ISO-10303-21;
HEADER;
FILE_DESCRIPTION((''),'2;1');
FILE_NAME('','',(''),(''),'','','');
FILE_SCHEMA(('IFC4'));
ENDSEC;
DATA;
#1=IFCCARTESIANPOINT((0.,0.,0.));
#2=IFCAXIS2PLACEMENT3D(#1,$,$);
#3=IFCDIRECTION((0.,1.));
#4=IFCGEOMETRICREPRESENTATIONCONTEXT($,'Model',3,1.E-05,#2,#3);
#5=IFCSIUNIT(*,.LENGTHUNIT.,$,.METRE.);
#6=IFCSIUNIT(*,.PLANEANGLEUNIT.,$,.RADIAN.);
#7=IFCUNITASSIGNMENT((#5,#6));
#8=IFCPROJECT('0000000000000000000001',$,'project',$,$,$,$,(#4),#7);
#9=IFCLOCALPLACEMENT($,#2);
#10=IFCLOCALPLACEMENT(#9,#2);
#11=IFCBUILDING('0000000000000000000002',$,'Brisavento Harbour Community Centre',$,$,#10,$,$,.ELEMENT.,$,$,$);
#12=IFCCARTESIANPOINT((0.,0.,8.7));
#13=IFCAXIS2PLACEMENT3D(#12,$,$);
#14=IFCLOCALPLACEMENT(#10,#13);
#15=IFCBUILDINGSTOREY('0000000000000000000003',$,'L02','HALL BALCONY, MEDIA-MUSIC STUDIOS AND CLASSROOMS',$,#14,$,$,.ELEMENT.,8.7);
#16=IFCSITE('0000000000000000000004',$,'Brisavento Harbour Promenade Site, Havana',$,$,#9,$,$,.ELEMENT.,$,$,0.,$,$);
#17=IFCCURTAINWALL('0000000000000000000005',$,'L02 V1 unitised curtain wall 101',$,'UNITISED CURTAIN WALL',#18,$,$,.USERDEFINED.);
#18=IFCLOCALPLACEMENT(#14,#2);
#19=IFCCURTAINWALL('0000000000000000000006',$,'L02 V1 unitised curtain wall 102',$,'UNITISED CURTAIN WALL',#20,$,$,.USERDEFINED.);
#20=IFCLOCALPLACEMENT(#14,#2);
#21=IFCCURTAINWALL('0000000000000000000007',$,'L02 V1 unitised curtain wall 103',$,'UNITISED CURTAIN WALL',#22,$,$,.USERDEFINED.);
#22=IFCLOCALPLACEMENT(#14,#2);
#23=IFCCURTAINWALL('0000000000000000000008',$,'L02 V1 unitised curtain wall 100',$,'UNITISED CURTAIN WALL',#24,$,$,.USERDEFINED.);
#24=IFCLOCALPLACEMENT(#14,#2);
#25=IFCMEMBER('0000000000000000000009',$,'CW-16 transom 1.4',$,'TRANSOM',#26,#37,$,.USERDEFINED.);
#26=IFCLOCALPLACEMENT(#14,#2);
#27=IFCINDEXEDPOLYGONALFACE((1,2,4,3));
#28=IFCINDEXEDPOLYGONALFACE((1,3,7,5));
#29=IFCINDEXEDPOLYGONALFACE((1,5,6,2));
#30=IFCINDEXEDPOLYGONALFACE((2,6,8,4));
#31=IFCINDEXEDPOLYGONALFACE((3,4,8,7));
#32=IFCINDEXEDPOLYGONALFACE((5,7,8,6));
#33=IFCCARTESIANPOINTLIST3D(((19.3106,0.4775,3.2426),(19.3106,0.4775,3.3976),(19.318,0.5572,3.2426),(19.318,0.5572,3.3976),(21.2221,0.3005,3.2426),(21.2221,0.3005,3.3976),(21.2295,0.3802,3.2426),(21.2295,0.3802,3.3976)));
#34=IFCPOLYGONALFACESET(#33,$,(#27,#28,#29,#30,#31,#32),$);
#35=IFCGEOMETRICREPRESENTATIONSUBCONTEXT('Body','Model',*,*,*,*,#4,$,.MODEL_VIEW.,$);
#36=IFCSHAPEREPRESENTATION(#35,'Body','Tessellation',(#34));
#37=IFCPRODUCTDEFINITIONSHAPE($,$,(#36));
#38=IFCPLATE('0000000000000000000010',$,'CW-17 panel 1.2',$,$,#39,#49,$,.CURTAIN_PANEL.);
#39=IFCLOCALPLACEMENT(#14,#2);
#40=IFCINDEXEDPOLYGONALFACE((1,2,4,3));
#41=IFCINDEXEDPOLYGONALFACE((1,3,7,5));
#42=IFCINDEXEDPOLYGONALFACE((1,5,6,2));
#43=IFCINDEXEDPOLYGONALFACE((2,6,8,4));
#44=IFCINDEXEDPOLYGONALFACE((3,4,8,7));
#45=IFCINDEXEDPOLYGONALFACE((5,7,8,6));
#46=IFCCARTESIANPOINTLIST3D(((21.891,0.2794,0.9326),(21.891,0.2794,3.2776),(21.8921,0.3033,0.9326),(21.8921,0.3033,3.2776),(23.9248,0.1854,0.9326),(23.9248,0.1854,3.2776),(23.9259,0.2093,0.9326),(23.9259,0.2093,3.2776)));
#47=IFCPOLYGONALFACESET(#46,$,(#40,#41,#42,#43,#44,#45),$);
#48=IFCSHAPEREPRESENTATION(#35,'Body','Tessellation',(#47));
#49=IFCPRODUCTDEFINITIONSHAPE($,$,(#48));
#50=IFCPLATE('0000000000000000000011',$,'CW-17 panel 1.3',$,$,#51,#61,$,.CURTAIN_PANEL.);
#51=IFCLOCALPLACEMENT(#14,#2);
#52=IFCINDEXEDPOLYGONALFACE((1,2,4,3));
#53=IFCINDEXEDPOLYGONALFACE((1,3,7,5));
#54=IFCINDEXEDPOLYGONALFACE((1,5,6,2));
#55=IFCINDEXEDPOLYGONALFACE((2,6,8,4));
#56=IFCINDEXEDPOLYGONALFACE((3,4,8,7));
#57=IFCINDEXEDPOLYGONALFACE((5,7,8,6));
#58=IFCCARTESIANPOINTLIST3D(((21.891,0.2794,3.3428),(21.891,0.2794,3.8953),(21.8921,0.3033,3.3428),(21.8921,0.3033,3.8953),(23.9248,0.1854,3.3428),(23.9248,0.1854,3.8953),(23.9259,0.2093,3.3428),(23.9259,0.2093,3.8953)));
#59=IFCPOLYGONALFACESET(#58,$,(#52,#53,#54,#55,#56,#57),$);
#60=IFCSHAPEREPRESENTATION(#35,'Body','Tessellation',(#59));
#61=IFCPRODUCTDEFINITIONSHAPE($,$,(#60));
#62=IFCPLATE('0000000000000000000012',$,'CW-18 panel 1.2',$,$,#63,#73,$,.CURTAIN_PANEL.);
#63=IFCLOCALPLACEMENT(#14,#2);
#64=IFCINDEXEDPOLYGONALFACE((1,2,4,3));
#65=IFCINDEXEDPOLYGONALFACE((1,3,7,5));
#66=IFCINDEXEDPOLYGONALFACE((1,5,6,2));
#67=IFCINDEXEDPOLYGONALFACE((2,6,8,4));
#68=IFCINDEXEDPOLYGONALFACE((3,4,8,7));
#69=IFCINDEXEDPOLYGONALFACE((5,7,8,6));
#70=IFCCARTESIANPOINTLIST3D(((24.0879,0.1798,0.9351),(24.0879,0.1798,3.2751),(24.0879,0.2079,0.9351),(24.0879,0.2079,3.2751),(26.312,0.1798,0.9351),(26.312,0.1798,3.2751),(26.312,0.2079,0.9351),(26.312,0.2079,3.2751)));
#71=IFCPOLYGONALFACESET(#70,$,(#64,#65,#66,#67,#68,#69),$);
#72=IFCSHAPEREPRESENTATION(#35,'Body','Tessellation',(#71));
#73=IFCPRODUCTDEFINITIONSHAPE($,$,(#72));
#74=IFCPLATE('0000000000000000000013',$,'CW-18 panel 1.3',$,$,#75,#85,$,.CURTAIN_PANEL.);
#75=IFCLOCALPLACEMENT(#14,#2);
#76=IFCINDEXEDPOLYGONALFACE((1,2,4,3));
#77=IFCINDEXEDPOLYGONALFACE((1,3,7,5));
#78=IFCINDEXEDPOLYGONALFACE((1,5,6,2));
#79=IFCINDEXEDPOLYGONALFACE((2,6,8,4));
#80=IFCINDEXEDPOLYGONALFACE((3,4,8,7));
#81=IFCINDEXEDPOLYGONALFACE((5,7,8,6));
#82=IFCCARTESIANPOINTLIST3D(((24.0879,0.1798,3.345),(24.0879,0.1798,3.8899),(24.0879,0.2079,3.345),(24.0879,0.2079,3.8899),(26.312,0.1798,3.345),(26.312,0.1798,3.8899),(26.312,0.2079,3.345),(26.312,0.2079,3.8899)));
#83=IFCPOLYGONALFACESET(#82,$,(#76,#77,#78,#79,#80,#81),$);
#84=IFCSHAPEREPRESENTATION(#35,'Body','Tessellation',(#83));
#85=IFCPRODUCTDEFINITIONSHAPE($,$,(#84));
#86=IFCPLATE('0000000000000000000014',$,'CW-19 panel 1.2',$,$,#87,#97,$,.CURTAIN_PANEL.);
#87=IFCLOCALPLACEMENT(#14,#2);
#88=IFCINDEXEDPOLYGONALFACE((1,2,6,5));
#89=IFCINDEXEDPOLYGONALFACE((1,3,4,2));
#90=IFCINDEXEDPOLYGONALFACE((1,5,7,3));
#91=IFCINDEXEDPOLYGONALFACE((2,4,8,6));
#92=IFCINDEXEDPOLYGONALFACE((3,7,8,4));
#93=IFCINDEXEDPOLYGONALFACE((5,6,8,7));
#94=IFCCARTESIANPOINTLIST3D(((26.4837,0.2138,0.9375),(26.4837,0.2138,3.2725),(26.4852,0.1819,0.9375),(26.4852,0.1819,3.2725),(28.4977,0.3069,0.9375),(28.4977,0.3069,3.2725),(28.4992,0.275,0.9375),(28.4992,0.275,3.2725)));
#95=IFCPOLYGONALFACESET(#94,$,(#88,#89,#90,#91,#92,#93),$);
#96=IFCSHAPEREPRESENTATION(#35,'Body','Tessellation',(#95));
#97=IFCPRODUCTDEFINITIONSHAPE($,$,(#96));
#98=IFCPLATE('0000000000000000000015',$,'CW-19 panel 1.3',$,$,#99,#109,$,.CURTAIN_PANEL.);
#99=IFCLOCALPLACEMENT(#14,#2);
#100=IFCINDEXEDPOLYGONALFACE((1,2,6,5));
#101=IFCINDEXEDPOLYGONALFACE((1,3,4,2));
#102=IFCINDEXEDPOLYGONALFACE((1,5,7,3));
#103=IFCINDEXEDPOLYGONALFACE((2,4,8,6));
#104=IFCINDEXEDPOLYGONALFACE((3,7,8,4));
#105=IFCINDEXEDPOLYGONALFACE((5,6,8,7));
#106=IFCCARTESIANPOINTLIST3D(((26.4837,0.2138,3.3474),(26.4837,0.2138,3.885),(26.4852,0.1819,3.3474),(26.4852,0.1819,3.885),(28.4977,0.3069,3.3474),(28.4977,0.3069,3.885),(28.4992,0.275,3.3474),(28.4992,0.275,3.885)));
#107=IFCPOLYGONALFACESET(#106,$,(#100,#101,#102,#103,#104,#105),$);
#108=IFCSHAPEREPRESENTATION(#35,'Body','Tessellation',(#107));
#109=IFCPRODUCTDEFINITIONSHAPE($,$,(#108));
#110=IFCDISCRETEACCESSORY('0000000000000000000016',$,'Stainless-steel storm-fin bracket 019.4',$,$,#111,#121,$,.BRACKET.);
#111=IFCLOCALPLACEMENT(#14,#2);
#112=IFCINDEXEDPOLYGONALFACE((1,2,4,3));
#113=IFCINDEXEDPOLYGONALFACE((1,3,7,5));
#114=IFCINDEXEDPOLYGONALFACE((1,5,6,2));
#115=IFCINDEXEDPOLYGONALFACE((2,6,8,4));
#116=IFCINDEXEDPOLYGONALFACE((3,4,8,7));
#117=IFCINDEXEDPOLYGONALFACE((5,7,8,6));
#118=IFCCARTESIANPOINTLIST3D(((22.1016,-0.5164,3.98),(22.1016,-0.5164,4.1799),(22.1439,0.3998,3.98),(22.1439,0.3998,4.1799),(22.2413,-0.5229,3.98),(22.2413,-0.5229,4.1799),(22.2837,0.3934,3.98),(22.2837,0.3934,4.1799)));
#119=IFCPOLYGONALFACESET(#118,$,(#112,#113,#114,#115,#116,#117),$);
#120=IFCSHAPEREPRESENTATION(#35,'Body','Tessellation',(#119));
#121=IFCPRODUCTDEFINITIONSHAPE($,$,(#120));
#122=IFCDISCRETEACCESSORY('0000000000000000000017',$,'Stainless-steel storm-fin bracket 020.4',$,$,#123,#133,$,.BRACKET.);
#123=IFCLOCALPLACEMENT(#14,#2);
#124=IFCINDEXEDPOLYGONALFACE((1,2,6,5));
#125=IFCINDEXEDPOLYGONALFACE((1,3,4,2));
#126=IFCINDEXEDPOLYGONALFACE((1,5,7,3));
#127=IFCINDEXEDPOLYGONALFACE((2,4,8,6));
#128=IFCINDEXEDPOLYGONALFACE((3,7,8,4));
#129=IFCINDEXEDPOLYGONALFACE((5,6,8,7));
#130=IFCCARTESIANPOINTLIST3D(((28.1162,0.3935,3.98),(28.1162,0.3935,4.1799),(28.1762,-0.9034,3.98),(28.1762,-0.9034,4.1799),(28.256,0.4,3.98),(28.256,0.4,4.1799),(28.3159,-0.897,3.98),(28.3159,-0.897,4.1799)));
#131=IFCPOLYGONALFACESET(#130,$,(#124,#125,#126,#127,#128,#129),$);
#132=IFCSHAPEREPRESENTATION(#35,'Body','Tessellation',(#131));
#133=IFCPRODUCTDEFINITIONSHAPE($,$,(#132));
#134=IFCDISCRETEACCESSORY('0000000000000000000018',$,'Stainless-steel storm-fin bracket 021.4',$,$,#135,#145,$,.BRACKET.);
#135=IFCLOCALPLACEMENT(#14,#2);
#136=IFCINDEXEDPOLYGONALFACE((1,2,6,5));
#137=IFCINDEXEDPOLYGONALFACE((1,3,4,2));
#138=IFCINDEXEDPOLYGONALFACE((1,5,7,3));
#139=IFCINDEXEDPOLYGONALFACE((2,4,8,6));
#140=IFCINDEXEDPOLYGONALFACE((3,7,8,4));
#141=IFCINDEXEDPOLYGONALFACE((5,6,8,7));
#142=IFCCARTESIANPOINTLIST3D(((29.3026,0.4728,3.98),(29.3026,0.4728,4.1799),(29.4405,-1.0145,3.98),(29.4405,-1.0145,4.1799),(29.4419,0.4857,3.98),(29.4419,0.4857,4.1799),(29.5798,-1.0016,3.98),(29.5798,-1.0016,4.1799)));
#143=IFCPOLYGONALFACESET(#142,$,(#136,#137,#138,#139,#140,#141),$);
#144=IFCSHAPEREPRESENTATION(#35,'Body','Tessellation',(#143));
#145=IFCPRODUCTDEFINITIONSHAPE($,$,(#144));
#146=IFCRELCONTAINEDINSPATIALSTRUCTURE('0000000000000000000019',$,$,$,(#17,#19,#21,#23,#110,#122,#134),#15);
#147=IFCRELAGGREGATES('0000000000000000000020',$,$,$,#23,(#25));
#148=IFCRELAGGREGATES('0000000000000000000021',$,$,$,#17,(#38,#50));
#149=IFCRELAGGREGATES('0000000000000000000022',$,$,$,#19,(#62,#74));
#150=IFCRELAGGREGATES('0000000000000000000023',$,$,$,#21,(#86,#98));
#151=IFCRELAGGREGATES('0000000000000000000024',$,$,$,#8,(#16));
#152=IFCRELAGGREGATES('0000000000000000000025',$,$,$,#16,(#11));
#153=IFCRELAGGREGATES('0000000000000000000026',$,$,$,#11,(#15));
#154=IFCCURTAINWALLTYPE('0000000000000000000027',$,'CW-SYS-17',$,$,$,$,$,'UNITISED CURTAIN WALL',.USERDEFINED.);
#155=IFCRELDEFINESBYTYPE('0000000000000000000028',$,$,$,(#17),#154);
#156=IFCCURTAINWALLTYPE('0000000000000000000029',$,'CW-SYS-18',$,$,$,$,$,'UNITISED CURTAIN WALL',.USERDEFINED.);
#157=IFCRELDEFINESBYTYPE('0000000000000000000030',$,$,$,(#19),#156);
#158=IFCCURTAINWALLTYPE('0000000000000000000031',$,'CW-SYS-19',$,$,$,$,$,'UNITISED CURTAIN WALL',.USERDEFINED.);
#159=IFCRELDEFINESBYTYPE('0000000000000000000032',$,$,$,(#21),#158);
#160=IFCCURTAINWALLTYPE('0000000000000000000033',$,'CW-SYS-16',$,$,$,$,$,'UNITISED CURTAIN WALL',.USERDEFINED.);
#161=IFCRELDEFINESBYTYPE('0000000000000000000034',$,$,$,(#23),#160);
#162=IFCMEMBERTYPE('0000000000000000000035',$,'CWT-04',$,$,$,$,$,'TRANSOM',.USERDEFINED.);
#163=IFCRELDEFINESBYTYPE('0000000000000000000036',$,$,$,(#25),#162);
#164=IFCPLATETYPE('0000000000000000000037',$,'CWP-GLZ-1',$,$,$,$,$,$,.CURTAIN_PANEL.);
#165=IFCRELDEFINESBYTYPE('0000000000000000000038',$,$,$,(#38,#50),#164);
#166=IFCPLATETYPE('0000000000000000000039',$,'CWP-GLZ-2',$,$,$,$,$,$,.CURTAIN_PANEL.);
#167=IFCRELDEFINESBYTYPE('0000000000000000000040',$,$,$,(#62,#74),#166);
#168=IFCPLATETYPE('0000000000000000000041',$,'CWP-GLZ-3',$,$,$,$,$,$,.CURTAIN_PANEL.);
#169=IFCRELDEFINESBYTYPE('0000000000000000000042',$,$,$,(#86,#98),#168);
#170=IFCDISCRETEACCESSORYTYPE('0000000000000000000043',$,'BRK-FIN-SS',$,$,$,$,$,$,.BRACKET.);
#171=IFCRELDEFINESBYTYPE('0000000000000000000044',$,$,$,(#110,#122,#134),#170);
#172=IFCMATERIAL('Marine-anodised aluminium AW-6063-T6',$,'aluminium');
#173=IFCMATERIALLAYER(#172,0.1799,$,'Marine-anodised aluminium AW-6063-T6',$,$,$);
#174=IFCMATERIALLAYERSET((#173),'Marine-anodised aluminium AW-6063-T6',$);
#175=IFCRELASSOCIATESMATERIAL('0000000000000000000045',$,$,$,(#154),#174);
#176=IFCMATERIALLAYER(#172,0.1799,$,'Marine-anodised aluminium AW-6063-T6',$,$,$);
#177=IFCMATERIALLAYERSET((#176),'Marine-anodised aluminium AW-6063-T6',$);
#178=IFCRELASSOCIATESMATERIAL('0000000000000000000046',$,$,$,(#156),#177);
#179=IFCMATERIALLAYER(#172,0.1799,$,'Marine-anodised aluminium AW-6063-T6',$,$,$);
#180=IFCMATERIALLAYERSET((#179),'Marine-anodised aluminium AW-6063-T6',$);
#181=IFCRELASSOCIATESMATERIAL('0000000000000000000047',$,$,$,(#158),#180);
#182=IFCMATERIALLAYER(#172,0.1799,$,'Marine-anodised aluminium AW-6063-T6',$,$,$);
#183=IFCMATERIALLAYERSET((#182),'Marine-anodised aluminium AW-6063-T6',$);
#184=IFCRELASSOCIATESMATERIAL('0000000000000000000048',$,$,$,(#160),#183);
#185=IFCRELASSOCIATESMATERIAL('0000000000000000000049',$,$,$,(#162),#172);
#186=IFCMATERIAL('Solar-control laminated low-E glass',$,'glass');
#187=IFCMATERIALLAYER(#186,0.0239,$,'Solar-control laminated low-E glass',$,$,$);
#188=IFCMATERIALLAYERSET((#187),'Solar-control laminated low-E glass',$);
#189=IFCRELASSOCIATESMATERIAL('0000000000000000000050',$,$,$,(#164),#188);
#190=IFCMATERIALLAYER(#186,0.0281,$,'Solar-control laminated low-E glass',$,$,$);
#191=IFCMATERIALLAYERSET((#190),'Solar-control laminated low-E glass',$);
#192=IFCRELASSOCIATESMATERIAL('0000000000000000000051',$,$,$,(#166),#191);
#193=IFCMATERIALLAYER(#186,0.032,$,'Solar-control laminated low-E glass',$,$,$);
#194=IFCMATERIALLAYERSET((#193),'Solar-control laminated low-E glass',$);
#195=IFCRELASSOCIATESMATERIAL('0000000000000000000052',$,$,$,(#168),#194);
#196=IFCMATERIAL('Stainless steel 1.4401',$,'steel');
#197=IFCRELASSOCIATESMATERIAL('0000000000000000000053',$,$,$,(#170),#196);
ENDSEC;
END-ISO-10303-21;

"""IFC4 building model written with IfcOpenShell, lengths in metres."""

from ifc_helpers import new_model, si_unit, direction, frame, origin, origin_2d, place, context, subcontext, project, spatial, rectangle, extrude, material, layer, layer_set, material_profile, profile_set, type_object, element, aggregate, save


model = new_model("IFC4")

# Units and contexts
model_context = context("Model", 3, precision=1e-05, world=origin(), true_north=direction((0.0, 1.0)))
body_context = subcontext(model_context, "Body", "Model", "MODEL_VIEW")
ifc_project = project(units=[si_unit("LENGTHUNIT", "METRE"), si_unit("PLANEANGLEUNIT", "RADIAN")], contexts=[model_context])

# Site, building, storey
site_placement = place(None, origin())
site = spatial("IfcSite", under=ifc_project, at=site_placement, Name="Brisavento Harbour Promenade Site, Havana", CompositionType="ELEMENT", RefElevation=0.0)
building_placement = place(site_placement, origin())
building = spatial("IfcBuilding", under=site, at=building_placement, Name="Brisavento Harbour Community Centre", CompositionType="ELEMENT")
storey_placement = place(building_placement, frame((0.0, 0.0, 8.7)))
storey = spatial("IfcBuildingStorey", under=building, at=storey_placement, Name="L02", Description="HALL BALCONY, MEDIA-MUSIC STUDIOS AND CLASSROOMS", CompositionType="ELEMENT", Elevation=8.7)

# Curtain walls, member
ifc_material_1 = material(Name="Marine-anodised aluminium AW-6063-T6", Category="aluminium")
ifc_layer_1 = layer(ifc_material_1, 0.1799, Name="Marine-anodised aluminium AW-6063-T6")
ifc_layer_set_1 = layer_set([ifc_layer_1], Name="Marine-anodised aluminium AW-6063-T6")
curtain_wall_type_1 = type_object("IfcCurtainWallType", Name="CW-SYS-17", ElementType="UNITISED CURTAIN WALL", PredefinedType="USERDEFINED", material=ifc_layer_set_1)
curtain_wall_1_placement = place(storey_placement, origin())
curtain_wall_1 = element("IfcCurtainWall", 1, at=curtain_wall_1_placement, inside=storey, type_object=curtain_wall_type_1, Name="L02 V1 unitised curtain wall 101", ObjectType="UNITISED CURTAIN WALL", PredefinedType="USERDEFINED")
ifc_layer_2 = layer(ifc_material_1, 0.1799, Name="Marine-anodised aluminium AW-6063-T6")
ifc_layer_set_2 = layer_set([ifc_layer_2], Name="Marine-anodised aluminium AW-6063-T6")
curtain_wall_type_2 = type_object("IfcCurtainWallType", Name="CW-SYS-18", ElementType="UNITISED CURTAIN WALL", PredefinedType="USERDEFINED", material=ifc_layer_set_2)
curtain_wall_2_placement = place(storey_placement, origin())
curtain_wall_2 = element("IfcCurtainWall", 2, at=curtain_wall_2_placement, inside=storey, type_object=curtain_wall_type_2, Name="L02 V1 unitised curtain wall 102", ObjectType="UNITISED CURTAIN WALL", PredefinedType="USERDEFINED")
ifc_layer_3 = layer(ifc_material_1, 0.1799, Name="Marine-anodised aluminium AW-6063-T6")
ifc_layer_set_3 = layer_set([ifc_layer_3], Name="Marine-anodised aluminium AW-6063-T6")
curtain_wall_type_3 = type_object("IfcCurtainWallType", Name="CW-SYS-19", ElementType="UNITISED CURTAIN WALL", PredefinedType="USERDEFINED", material=ifc_layer_set_3)
curtain_wall_3_placement = place(storey_placement, origin())
curtain_wall_3 = element("IfcCurtainWall", 3, at=curtain_wall_3_placement, inside=storey, type_object=curtain_wall_type_3, Name="L02 V1 unitised curtain wall 103", ObjectType="UNITISED CURTAIN WALL", PredefinedType="USERDEFINED")
ifc_layer_4 = layer(ifc_material_1, 0.1799, Name="Marine-anodised aluminium AW-6063-T6")
ifc_layer_set_4 = layer_set([ifc_layer_4], Name="Marine-anodised aluminium AW-6063-T6")
curtain_wall_type_4 = type_object("IfcCurtainWallType", Name="CW-SYS-16", ElementType="UNITISED CURTAIN WALL", PredefinedType="USERDEFINED", material=ifc_layer_set_4)
curtain_wall_4_placement = place(storey_placement, origin())
curtain_wall_4 = element("IfcCurtainWall", 4, at=curtain_wall_4_placement, inside=storey, type_object=curtain_wall_type_4, Name="L02 V1 unitised curtain wall 100", ObjectType="UNITISED CURTAIN WALL", PredefinedType="USERDEFINED")
ifc_material_profile_1 = material_profile(ifc_material_1, rectangle(XDim=0.0801, YDim=0.155, at=origin_2d()), Name="Marine-anodised aluminium AW-6063-T6")
ifc_profile_set_1 = profile_set([ifc_material_profile_1], Name="Marine-anodised aluminium AW-6063-T6")
member_type_1 = type_object("IfcMemberType", Name="CWT-04", ElementType="TRANSOM", PredefinedType="USERDEFINED", material=ifc_profile_set_1)
member_1_placement = place(storey_placement, frame((21.2258, 0.3403, 3.3201), z_axis=(-0.995741, 0.092198, 0.0), x_axis=(-0.092198, -0.995741, 0.0)))
member_1 = element("IfcMember", 5, at=member_1_placement, type_object=member_type_1, Name="CW-16 transom 1.4", ObjectType="TRANSOM", PredefinedType="USERDEFINED", context=body_context, shape_type="SweptSolid", body=[
    extrude(rectangle(XDim=0.0801, YDim=0.155, at=origin_2d()), origin(), (0.0, 0.0, 1.0), 1.9197),
])
aggregate(curtain_wall_4, [member_1])

# Plates
ifc_material_2 = material(Name="Solar-control laminated low-E glass", Category="glass")
ifc_layer_5 = layer(ifc_material_2, 0.0239, Name="Solar-control laminated low-E glass")
ifc_layer_set_5 = layer_set([ifc_layer_5], Name="Solar-control laminated low-E glass")
plate_type_1 = type_object("IfcPlateType", Name="CWP-GLZ-1", PredefinedType="CURTAIN_PANEL", material=ifc_layer_set_5)
plate_1_placement = place(storey_placement, frame((22.9084, 0.2444, 0.9326), z_axis=(0.0, 0.0, 1.0), x_axis=(-0.998934, 0.046168, 0.0)))
plate_1 = element("IfcPlate", 6, at=plate_1_placement, type_object=plate_type_1, Name="CW-17 panel 1.2", PredefinedType="CURTAIN_PANEL", context=body_context, shape_type="SweptSolid", body=[
    extrude(rectangle(XDim=2.0359, YDim=0.0239, at=origin_2d()), origin(), (0.0, 0.0, 1.0), 2.345),
])
plate_2_placement = place(storey_placement, frame((22.9084, 0.2444, 3.3428), z_axis=(0.0, 0.0, 1.0), x_axis=(-0.998934, 0.046168, 0.0)))
plate_2 = element("IfcPlate", 7, at=plate_2_placement, type_object=plate_type_1, Name="CW-17 panel 1.3", PredefinedType="CURTAIN_PANEL", context=body_context, shape_type="SweptSolid", body=[
    extrude(rectangle(XDim=2.0359, YDim=0.0239, at=origin_2d()), origin(), (0.0, 0.0, 1.0), 0.5525),
])
aggregate(curtain_wall_1, [plate_1, plate_2])
ifc_layer_6 = layer(ifc_material_2, 0.0281, Name="Solar-control laminated low-E glass")
ifc_layer_set_6 = layer_set([ifc_layer_6], Name="Solar-control laminated low-E glass")
plate_type_2 = type_object("IfcPlateType", Name="CWP-GLZ-2", PredefinedType="CURTAIN_PANEL", material=ifc_layer_set_6)
plate_3_placement = place(storey_placement, frame((25.2, 0.1938, 0.9351), z_axis=(0.0, 0.0, 1.0), x_axis=(-1.0, 0.0, 0.0)))
plate_3 = element("IfcPlate", 8, at=plate_3_placement, type_object=plate_type_2, Name="CW-18 panel 1.2", PredefinedType="CURTAIN_PANEL", context=body_context, shape_type="SweptSolid", body=[
    extrude(rectangle(XDim=2.2241, YDim=0.0281, at=origin_2d()), origin(), (0.0, 0.0, 1.0), 2.3401),
])
plate_4_placement = place(storey_placement, frame((25.2, 0.1938, 3.345), z_axis=(0.0, 0.0, 1.0), x_axis=(-1.0, 0.0, 0.0)))
plate_4 = element("IfcPlate", 9, at=plate_4_placement, type_object=plate_type_2, Name="CW-18 panel 1.3", PredefinedType="CURTAIN_PANEL", context=body_context, shape_type="SweptSolid", body=[
    extrude(rectangle(XDim=2.2241, YDim=0.0281, at=origin_2d()), origin(), (0.0, 0.0, 1.0), 0.5449),
])
aggregate(curtain_wall_2, [plate_3, plate_4])
ifc_layer_7 = layer(ifc_material_2, 0.032, Name="Solar-control laminated low-E glass")
ifc_layer_set_7 = layer_set([ifc_layer_7], Name="Solar-control laminated low-E glass")
plate_type_3 = type_object("IfcPlateType", Name="CWP-GLZ-3", PredefinedType="CURTAIN_PANEL", material=ifc_layer_set_7)
plate_5_placement = place(storey_placement, frame((27.4915, 0.2444, 0.9375), z_axis=(0.0, 0.0, 1.0), x_axis=(-0.998934, -0.046168, 0.0)))
plate_5 = element("IfcPlate", 10, at=plate_5_placement, type_object=plate_type_3, Name="CW-19 panel 1.2", PredefinedType="CURTAIN_PANEL", context=body_context, shape_type="SweptSolid", body=[
    extrude(rectangle(XDim=2.0161, YDim=0.032, at=origin_2d()), origin(), (0.0, 0.0, 1.0), 2.335),
])
plate_6_placement = place(storey_placement, frame((27.4915, 0.2444, 3.3474), z_axis=(0.0, 0.0, 1.0), x_axis=(-0.998934, -0.046168, 0.0)))
plate_6 = element("IfcPlate", 11, at=plate_6_placement, type_object=plate_type_3, Name="CW-19 panel 1.3", PredefinedType="CURTAIN_PANEL", context=body_context, shape_type="SweptSolid", body=[
    extrude(rectangle(XDim=2.0161, YDim=0.032, at=origin_2d()), origin(), (0.0, 0.0, 1.0), 0.5376),
])
aggregate(curtain_wall_3, [plate_5, plate_6])

# Discrete accessories
ifc_material_3 = material(Name="Stainless steel 1.4401", Category="steel")
discrete_accessory_type = type_object("IfcDiscreteAccessoryType", Name="BRK-FIN-SS", PredefinedType="BRACKET", material=ifc_material_3)
discrete_accessory_1_placement = place(storey_placement, frame((22.1926, -0.0615, 3.98), z_axis=(0.0, 0.0, 1.0), x_axis=(-0.046165, -0.998934, 0.0)))
element("IfcDiscreteAccessory", 12, at=discrete_accessory_1_placement, inside=storey, type_object=discrete_accessory_type, Name="Stainless-steel storm-fin bracket 019.4", PredefinedType="BRACKET", context=body_context, shape_type="SweptSolid", body=[
    extrude(rectangle(XDim=0.9172, YDim=0.1399, at=origin_2d()), origin(), (0.0, 0.0, 1.0), 0.2),
])
discrete_accessory_2_placement = place(storey_placement, frame((28.2161, -0.2517, 3.98), z_axis=(0.0, 0.0, 1.0), x_axis=(0.046165, -0.998934, 0.0)))
element("IfcDiscreteAccessory", 13, at=discrete_accessory_2_placement, inside=storey, type_object=discrete_accessory_type, Name="Stainless-steel storm-fin bracket 020.4", PredefinedType="BRACKET", context=body_context, shape_type="SweptSolid", body=[
    extrude(rectangle(XDim=1.2983, YDim=0.1399, at=origin_2d()), origin(), (0.0, 0.0, 1.0), 0.2),
])
discrete_accessory_3_placement = place(storey_placement, frame((29.4412, -0.2644, 3.98), z_axis=(0.0, 0.0, 1.0), x_axis=(0.092336, -0.995728, 0.0)))
element("IfcDiscreteAccessory", 14, at=discrete_accessory_3_placement, inside=storey, type_object=discrete_accessory_type, Name="Stainless-steel storm-fin bracket 021.4", PredefinedType="BRACKET", context=body_context, shape_type="SweptSolid", body=[
    extrude(rectangle(XDim=1.4937, YDim=0.1399, at=origin_2d()), origin(), (0.0, 0.0, 1.0), 0.2),
])

save(model, "model.ifc")
